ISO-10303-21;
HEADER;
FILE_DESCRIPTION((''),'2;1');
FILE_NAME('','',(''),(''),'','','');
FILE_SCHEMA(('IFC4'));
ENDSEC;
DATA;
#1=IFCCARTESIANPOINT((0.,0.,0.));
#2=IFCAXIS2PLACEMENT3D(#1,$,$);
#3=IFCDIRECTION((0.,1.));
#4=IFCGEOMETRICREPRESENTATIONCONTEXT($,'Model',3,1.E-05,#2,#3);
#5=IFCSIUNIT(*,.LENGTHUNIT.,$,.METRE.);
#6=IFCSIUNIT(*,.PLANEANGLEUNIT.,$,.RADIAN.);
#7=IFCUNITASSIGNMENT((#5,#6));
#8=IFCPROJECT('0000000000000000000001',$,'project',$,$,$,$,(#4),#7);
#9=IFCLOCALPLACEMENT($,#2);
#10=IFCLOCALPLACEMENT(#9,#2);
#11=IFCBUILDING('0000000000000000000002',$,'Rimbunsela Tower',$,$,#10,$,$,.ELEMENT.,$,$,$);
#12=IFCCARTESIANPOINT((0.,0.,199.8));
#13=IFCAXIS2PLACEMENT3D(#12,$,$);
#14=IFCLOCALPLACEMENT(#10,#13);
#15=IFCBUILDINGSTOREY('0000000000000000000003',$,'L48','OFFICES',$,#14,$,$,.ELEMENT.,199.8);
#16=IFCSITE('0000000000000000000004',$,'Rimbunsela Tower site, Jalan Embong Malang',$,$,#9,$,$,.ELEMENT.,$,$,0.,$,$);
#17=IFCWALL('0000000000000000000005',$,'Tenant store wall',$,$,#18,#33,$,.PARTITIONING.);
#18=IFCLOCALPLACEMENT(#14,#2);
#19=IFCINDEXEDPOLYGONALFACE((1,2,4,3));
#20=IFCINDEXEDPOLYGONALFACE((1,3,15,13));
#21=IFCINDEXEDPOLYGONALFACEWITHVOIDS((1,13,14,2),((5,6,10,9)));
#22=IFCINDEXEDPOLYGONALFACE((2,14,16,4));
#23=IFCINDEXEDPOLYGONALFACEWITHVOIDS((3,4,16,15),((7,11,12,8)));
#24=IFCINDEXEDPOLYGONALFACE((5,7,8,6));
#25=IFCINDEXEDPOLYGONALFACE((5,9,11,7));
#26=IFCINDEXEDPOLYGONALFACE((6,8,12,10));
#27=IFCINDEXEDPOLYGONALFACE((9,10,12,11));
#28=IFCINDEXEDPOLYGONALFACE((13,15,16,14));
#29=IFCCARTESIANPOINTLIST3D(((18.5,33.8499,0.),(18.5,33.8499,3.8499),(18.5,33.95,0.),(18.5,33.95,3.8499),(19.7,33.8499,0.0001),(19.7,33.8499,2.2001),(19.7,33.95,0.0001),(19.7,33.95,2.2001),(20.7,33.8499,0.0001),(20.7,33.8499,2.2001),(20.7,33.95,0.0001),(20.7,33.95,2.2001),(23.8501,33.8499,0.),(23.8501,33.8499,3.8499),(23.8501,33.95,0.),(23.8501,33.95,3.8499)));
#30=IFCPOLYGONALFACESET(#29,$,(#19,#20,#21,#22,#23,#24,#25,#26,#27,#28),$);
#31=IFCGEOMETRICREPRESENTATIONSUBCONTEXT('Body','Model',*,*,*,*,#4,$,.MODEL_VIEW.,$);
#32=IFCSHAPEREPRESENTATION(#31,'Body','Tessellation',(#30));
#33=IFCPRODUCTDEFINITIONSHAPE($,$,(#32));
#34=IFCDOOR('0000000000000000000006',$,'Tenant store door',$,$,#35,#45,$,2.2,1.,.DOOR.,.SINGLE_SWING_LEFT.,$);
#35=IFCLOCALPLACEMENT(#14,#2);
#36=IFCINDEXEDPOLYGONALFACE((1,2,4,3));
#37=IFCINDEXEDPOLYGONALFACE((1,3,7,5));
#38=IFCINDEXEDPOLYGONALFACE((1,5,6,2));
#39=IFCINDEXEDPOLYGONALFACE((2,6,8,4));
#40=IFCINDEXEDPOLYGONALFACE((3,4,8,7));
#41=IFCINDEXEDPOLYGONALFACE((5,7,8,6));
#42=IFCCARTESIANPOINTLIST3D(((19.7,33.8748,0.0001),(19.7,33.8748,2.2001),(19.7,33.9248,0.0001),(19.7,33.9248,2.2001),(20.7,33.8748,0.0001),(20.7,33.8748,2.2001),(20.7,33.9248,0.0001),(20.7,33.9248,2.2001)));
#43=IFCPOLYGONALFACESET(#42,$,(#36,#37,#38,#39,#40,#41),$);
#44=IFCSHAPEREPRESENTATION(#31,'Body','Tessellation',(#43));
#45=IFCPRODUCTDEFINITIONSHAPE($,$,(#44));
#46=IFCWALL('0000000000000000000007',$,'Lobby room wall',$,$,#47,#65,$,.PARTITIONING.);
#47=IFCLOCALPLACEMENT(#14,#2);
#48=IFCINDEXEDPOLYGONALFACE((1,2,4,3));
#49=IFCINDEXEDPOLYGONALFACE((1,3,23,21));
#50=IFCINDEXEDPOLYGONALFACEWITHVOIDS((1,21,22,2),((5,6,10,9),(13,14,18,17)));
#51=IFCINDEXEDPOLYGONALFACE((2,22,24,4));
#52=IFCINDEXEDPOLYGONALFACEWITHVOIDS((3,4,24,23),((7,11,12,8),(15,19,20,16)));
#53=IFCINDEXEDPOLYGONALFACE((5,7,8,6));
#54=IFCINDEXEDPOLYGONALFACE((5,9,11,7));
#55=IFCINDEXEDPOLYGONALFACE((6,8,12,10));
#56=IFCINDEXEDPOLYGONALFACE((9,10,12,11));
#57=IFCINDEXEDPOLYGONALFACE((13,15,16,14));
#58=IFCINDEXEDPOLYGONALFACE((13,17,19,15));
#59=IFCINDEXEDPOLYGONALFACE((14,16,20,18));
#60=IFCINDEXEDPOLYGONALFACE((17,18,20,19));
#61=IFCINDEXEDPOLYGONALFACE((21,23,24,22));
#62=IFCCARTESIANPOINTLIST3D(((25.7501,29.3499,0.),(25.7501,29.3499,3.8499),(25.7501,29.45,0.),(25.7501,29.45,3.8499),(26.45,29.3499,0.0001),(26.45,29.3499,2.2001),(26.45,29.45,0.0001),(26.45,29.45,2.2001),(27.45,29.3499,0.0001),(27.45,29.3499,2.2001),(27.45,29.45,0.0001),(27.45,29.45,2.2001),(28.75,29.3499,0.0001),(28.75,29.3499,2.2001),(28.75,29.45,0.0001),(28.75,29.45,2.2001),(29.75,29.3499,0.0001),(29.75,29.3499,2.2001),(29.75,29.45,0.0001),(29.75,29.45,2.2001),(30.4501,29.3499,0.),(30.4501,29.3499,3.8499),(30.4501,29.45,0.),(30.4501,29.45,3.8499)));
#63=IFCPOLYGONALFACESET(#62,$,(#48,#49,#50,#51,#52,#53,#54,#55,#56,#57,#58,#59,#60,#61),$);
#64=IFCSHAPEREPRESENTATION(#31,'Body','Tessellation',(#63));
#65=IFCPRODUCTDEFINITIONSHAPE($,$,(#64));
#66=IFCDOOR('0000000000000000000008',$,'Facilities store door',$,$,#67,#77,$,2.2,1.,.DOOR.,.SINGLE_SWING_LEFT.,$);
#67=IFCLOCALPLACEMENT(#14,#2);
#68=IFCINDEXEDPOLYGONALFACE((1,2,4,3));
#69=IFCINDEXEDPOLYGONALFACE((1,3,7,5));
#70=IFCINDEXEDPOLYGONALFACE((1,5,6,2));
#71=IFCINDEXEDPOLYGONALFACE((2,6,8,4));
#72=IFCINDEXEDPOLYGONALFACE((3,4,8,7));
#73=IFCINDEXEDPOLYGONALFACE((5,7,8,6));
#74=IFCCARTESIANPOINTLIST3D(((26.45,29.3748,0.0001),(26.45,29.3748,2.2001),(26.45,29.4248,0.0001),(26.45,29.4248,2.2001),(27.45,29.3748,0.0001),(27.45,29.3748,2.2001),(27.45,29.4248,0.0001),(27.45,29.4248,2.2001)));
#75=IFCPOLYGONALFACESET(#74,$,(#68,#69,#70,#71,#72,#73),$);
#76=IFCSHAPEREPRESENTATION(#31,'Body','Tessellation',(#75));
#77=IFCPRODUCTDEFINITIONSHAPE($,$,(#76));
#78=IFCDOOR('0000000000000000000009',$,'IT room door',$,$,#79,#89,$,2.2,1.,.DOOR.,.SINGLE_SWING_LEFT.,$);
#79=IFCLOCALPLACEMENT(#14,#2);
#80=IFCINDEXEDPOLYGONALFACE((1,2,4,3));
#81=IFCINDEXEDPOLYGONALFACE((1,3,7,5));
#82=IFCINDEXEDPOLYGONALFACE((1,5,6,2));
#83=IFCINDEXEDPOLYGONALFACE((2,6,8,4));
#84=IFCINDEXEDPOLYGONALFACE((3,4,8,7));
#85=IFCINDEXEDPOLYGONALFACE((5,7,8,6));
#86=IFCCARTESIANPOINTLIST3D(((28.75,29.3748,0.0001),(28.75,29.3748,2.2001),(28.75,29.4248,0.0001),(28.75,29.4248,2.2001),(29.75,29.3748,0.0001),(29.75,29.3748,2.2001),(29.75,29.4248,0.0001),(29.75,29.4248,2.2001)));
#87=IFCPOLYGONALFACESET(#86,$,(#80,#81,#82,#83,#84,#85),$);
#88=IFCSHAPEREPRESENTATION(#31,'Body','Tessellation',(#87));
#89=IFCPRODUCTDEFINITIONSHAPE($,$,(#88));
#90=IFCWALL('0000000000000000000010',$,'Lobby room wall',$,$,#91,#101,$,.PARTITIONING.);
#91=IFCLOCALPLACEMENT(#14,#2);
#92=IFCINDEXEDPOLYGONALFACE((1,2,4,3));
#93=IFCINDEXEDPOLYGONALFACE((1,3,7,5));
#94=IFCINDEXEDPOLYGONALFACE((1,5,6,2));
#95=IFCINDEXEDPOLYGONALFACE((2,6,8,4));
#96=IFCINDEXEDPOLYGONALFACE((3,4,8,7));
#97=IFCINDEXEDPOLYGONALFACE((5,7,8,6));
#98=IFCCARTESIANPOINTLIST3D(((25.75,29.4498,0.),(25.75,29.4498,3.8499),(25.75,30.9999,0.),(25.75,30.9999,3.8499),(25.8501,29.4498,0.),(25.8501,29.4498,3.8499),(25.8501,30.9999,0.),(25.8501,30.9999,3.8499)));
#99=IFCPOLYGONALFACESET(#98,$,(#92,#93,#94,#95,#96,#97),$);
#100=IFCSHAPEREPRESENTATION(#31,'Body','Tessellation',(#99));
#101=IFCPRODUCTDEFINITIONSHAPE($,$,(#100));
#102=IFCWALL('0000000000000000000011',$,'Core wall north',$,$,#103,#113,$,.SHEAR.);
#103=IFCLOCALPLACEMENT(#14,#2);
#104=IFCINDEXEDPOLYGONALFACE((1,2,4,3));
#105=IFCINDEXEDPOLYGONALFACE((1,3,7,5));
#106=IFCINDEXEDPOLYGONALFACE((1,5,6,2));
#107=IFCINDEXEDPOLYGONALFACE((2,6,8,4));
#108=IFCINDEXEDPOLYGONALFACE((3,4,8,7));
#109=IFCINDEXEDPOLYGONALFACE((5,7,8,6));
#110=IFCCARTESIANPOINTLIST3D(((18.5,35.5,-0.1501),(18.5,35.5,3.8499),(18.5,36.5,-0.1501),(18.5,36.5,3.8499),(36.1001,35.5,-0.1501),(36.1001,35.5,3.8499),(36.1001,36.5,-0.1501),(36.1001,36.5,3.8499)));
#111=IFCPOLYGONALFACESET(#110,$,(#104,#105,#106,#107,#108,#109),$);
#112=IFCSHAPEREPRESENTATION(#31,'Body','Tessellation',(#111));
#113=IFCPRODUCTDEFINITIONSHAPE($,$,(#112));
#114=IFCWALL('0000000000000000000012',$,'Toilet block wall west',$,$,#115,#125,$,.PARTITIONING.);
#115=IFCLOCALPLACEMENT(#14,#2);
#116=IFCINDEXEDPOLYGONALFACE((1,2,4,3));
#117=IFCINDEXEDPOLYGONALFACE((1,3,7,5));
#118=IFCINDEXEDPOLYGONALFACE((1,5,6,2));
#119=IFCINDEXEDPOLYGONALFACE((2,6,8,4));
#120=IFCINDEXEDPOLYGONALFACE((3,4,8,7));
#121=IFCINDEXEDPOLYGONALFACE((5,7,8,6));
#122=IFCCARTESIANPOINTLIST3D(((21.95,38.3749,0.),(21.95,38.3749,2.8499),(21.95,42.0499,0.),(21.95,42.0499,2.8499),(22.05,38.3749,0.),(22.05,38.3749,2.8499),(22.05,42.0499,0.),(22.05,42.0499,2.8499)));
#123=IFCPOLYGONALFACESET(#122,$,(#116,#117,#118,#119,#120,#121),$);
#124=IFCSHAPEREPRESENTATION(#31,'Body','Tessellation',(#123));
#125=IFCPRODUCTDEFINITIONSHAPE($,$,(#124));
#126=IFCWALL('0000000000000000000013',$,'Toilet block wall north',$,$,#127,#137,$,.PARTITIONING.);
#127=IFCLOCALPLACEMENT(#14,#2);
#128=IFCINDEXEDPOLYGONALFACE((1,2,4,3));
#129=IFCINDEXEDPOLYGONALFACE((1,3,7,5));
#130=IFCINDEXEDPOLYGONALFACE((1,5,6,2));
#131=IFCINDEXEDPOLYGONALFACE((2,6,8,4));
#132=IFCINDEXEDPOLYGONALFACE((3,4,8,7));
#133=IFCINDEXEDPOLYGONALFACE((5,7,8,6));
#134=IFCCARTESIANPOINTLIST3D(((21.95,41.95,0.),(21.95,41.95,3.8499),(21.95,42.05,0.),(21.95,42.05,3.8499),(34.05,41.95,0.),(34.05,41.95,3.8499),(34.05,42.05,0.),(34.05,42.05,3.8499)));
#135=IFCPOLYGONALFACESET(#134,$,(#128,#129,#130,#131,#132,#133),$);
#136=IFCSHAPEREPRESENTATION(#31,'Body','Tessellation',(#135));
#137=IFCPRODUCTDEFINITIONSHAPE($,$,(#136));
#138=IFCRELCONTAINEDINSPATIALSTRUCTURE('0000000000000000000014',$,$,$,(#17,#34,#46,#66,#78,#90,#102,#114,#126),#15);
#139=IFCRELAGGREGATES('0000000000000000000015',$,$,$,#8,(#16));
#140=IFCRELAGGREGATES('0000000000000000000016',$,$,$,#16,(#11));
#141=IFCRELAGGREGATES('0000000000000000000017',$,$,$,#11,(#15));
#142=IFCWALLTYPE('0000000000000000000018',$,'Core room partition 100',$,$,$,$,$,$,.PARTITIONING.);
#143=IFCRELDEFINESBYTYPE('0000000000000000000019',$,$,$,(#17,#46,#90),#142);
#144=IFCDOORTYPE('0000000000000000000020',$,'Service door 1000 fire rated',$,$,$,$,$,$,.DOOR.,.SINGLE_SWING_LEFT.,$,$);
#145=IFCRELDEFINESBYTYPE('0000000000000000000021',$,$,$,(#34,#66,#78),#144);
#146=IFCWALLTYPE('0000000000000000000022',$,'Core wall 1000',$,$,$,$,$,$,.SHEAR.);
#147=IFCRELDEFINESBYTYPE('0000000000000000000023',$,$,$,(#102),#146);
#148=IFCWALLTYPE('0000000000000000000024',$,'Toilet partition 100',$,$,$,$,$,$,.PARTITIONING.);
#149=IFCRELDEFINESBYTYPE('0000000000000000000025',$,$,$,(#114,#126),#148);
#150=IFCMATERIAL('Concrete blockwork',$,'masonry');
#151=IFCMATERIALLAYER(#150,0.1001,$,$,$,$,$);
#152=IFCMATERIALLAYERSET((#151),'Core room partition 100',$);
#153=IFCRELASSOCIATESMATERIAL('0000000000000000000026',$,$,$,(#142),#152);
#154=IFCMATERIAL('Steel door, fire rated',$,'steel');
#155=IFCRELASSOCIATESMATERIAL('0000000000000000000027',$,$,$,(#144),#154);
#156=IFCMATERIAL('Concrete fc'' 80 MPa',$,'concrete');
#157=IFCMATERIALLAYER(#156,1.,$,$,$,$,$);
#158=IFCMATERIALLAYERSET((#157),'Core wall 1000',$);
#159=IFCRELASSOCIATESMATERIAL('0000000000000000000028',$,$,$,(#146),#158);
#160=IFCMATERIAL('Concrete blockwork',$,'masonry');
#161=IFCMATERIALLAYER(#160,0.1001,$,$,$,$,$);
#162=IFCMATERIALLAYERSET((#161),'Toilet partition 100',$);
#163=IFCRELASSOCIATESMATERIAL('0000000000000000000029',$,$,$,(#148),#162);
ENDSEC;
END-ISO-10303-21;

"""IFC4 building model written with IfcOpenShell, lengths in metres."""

from ifc_helpers import new_model, si_unit, direction, frame, frame_2d, origin, place, context, subcontext, project, spatial, rectangle, extrude, material, layer, layer_set, type_object, element, fill, save


model = new_model("IFC4")

# Units and contexts
model_context = context("Model", 3, precision=1e-05, world=origin(), true_north=direction((0.0, 1.0)))
body_context = subcontext(model_context, "Body", "Model", "MODEL_VIEW")
ifc_project = project(units=[si_unit("LENGTHUNIT", "METRE"), si_unit("PLANEANGLEUNIT", "RADIAN")], contexts=[model_context])

# Site, building, storey
site_placement = place(None, origin())
site = spatial("IfcSite", under=ifc_project, at=site_placement, Name="Rimbunsela Tower site, Jalan Embong Malang", CompositionType="ELEMENT", RefElevation=0.0)
building_placement = place(site_placement, origin())
building = spatial("IfcBuilding", under=site, at=building_placement, Name="Rimbunsela Tower", CompositionType="ELEMENT")
storey_placement = place(building_placement, frame((0.0, 0.0, 199.8)))
storey = spatial("IfcBuildingStorey", under=building, at=storey_placement, Name="L48", Description="OFFICES", CompositionType="ELEMENT", Elevation=199.8)

# Wall, opening, door
ifc_material_1 = material(Name="Concrete blockwork", Category="masonry")
ifc_layer_1 = layer(ifc_material_1, 0.1001)
ifc_layer_set_1 = layer_set([ifc_layer_1], Name="Core room partition 100")
wall_type_1 = type_object("IfcWallType", Name="Core room partition 100", PredefinedType="PARTITIONING", material=ifc_layer_set_1)
wall_1_placement = place(storey_placement, frame((18.5, 33.8999, 0.0), z_axis=(0.0, 0.0, 1.0), x_axis=(1.0, 0.0, 0.0)))
wall_1 = element("IfcWall", 1, at=wall_1_placement, inside=storey, type_object=wall_type_1, Name="Tenant store wall", PredefinedType="PARTITIONING", context=body_context, shape_type="SweptSolid", body=[
    extrude(rectangle(XDim=5.3501, YDim=0.1001, at=frame_2d((2.675, 0.0))), origin(), (0.0, 0.0, 1.0), 3.8499),
])
opening_1_placement = place(wall_1_placement, frame((1.2, 0.0, 0.0)))
opening_1 = element("IfcOpeningElement", 2, at=opening_1_placement, cuts=wall_1, PredefinedType="OPENING", context=body_context, shape_type="SweptSolid", body=[
    extrude(rectangle(XDim=1.0, YDim=2.2, at=frame_2d((0.5, 1.1001))), frame((0.0, 0.0601, 0.0), z_axis=(0.0, -1.0, 0.0), x_axis=(1.0, 0.0, 0.0)), (0.0, 0.0, 1.0), 0.1201),
])
ifc_material_2 = material(Name="Steel door, fire rated", Category="steel")
door_type_1 = type_object("IfcDoorType", Name="Service door 1000 fire rated", OperationType="SINGLE_SWING_LEFT", PredefinedType="DOOR", material=ifc_material_2)
door_1_placement = place(opening_1_placement, origin())
door_1 = element("IfcDoor", 3, at=door_1_placement, inside=storey, type_object=door_type_1, Name="Tenant store door", OperationType="SINGLE_SWING_LEFT", OverallHeight=2.2, OverallWidth=1.0, PredefinedType="DOOR", context=body_context, shape_type="SweptSolid", body=[
    extrude(rectangle(XDim=1.0, YDim=2.2, at=frame_2d((0.5, 1.1001))), frame((0.0, 0.0249, 0.0), z_axis=(0.0, -1.0, 0.0), x_axis=(1.0, 0.0, 0.0)), (0.0, 0.0, 1.0), 0.05),
])
fill(opening_1, door_1)

# Wall, openings, doors
wall_2_placement = place(storey_placement, frame((25.75, 29.3999, 0.0), z_axis=(0.0, 0.0, 1.0), x_axis=(1.0, 0.0, 0.0)))
wall_2 = element("IfcWall", 4, at=wall_2_placement, inside=storey, type_object=wall_type_1, Name="Lobby room wall", PredefinedType="PARTITIONING", context=body_context, shape_type="SweptSolid", body=[
    extrude(rectangle(XDim=4.7, YDim=0.1001, at=frame_2d((2.3501, 0.0))), origin(), (0.0, 0.0, 1.0), 3.8499),
])
opening_2_placement = place(wall_2_placement, frame((0.7, 0.0, 0.0)))
opening_2 = element("IfcOpeningElement", 5, at=opening_2_placement, cuts=wall_2, PredefinedType="OPENING", context=body_context, shape_type="SweptSolid", body=[
    extrude(rectangle(XDim=1.0, YDim=2.2, at=frame_2d((0.5, 1.1001))), frame((0.0, 0.0601, 0.0), z_axis=(0.0, -1.0, 0.0), x_axis=(1.0, 0.0, 0.0)), (0.0, 0.0, 1.0), 0.1201),
])
opening_3_placement = place(wall_2_placement, frame((3.0, 0.0, 0.0)))
opening_3 = element("IfcOpeningElement", 6, at=opening_3_placement, cuts=wall_2, PredefinedType="OPENING", context=body_context, shape_type="SweptSolid", body=[
    extrude(rectangle(XDim=1.0, YDim=2.2, at=frame_2d((0.5, 1.1001))), frame((0.0, 0.0601, 0.0), z_axis=(0.0, -1.0, 0.0), x_axis=(1.0, 0.0, 0.0)), (0.0, 0.0, 1.0), 0.1201),
])
door_2_placement = place(opening_2_placement, origin())
door_2 = element("IfcDoor", 7, at=door_2_placement, inside=storey, type_object=door_type_1, Name="Facilities store door", OperationType="SINGLE_SWING_LEFT", OverallHeight=2.2, OverallWidth=1.0, PredefinedType="DOOR", context=body_context, shape_type="SweptSolid", body=[
    extrude(rectangle(XDim=1.0, YDim=2.2, at=frame_2d((0.5, 1.1001))), frame((0.0, 0.0249, 0.0), z_axis=(0.0, -1.0, 0.0), x_axis=(1.0, 0.0, 0.0)), (0.0, 0.0, 1.0), 0.05),
])
fill(opening_2, door_2)
door_3_placement = place(opening_3_placement, origin())
door_3 = element("IfcDoor", 8, at=door_3_placement, inside=storey, type_object=door_type_1, Name="IT room door", OperationType="SINGLE_SWING_LEFT", OverallHeight=2.2, OverallWidth=1.0, PredefinedType="DOOR", context=body_context, shape_type="SweptSolid", body=[
    extrude(rectangle(XDim=1.0, YDim=2.2, at=frame_2d((0.5, 1.1001))), frame((0.0, 0.0249, 0.0), z_axis=(0.0, -1.0, 0.0), x_axis=(1.0, 0.0, 0.0)), (0.0, 0.0, 1.0), 0.05),
])
fill(opening_3, door_3)

# Walls
wall_3_placement = place(storey_placement, frame((25.8, 29.45, 0.0), z_axis=(0.0, 0.0, 1.0), x_axis=(0.0, 1.0, 0.0)))
element("IfcWall", 9, at=wall_3_placement, inside=storey, type_object=wall_type_1, Name="Lobby room wall", PredefinedType="PARTITIONING", context=body_context, shape_type="SweptSolid", body=[
    extrude(rectangle(XDim=1.55, YDim=0.1001, at=frame_2d((0.7749, 0.0))), origin(), (0.0, 0.0, 1.0), 3.8499),
])
ifc_material_3 = material(Name="Concrete fc' 80 MPa", Category="concrete")
ifc_layer_2 = layer(ifc_material_3, 1.0)
ifc_layer_set_2 = layer_set([ifc_layer_2], Name="Core wall 1000")
wall_type_2 = type_object("IfcWallType", Name="Core wall 1000", PredefinedType="SHEAR", material=ifc_layer_set_2)
wall_4_placement = place(storey_placement, frame((18.5, 36.0, -0.1501), z_axis=(0.0, 0.0, 1.0), x_axis=(1.0, 0.0, 0.0)))
element("IfcWall", 10, at=wall_4_placement, inside=storey, type_object=wall_type_2, Name="Core wall north", PredefinedType="SHEAR", context=body_context, shape_type="SweptSolid", body=[
    extrude(rectangle(XDim=17.6001, YDim=1.0, at=frame_2d((8.8, 0.0))), origin(), (0.0, 0.0, 1.0), 4.0),
])
ifc_material_4 = material(Name="Concrete blockwork", Category="masonry")
ifc_layer_3 = layer(ifc_material_4, 0.1001)
ifc_layer_set_3 = layer_set([ifc_layer_3], Name="Toilet partition 100")
wall_type_3 = type_object("IfcWallType", Name="Toilet partition 100", PredefinedType="PARTITIONING", material=ifc_layer_set_3)
wall_5_placement = place(storey_placement, frame((22.0, 38.375, 0.0), z_axis=(0.0, 0.0, 1.0), x_axis=(0.0, 1.0, 0.0)))
element("IfcWall", 11, at=wall_5_placement, inside=storey, type_object=wall_type_3, Name="Toilet block wall west", PredefinedType="PARTITIONING", context=body_context, shape_type="SweptSolid", body=[
    extrude(rectangle(XDim=3.675, YDim=0.1001, at=frame_2d((1.8374, 0.0))), origin(), (0.0, 0.0, 1.0), 2.8499),
])
wall_6_placement = place(storey_placement, frame((21.95, 42.0, 0.0), z_axis=(0.0, 0.0, 1.0), x_axis=(1.0, 0.0, 0.0)))
element("IfcWall", 12, at=wall_6_placement, inside=storey, type_object=wall_type_3, Name="Toilet block wall north", PredefinedType="PARTITIONING", context=body_context, shape_type="SweptSolid", body=[
    extrude(rectangle(XDim=12.1001, YDim=0.1001, at=frame_2d((6.05, 0.0))), origin(), (0.0, 0.0, 1.0), 3.8499),
])

save(model, "model.ifc")
